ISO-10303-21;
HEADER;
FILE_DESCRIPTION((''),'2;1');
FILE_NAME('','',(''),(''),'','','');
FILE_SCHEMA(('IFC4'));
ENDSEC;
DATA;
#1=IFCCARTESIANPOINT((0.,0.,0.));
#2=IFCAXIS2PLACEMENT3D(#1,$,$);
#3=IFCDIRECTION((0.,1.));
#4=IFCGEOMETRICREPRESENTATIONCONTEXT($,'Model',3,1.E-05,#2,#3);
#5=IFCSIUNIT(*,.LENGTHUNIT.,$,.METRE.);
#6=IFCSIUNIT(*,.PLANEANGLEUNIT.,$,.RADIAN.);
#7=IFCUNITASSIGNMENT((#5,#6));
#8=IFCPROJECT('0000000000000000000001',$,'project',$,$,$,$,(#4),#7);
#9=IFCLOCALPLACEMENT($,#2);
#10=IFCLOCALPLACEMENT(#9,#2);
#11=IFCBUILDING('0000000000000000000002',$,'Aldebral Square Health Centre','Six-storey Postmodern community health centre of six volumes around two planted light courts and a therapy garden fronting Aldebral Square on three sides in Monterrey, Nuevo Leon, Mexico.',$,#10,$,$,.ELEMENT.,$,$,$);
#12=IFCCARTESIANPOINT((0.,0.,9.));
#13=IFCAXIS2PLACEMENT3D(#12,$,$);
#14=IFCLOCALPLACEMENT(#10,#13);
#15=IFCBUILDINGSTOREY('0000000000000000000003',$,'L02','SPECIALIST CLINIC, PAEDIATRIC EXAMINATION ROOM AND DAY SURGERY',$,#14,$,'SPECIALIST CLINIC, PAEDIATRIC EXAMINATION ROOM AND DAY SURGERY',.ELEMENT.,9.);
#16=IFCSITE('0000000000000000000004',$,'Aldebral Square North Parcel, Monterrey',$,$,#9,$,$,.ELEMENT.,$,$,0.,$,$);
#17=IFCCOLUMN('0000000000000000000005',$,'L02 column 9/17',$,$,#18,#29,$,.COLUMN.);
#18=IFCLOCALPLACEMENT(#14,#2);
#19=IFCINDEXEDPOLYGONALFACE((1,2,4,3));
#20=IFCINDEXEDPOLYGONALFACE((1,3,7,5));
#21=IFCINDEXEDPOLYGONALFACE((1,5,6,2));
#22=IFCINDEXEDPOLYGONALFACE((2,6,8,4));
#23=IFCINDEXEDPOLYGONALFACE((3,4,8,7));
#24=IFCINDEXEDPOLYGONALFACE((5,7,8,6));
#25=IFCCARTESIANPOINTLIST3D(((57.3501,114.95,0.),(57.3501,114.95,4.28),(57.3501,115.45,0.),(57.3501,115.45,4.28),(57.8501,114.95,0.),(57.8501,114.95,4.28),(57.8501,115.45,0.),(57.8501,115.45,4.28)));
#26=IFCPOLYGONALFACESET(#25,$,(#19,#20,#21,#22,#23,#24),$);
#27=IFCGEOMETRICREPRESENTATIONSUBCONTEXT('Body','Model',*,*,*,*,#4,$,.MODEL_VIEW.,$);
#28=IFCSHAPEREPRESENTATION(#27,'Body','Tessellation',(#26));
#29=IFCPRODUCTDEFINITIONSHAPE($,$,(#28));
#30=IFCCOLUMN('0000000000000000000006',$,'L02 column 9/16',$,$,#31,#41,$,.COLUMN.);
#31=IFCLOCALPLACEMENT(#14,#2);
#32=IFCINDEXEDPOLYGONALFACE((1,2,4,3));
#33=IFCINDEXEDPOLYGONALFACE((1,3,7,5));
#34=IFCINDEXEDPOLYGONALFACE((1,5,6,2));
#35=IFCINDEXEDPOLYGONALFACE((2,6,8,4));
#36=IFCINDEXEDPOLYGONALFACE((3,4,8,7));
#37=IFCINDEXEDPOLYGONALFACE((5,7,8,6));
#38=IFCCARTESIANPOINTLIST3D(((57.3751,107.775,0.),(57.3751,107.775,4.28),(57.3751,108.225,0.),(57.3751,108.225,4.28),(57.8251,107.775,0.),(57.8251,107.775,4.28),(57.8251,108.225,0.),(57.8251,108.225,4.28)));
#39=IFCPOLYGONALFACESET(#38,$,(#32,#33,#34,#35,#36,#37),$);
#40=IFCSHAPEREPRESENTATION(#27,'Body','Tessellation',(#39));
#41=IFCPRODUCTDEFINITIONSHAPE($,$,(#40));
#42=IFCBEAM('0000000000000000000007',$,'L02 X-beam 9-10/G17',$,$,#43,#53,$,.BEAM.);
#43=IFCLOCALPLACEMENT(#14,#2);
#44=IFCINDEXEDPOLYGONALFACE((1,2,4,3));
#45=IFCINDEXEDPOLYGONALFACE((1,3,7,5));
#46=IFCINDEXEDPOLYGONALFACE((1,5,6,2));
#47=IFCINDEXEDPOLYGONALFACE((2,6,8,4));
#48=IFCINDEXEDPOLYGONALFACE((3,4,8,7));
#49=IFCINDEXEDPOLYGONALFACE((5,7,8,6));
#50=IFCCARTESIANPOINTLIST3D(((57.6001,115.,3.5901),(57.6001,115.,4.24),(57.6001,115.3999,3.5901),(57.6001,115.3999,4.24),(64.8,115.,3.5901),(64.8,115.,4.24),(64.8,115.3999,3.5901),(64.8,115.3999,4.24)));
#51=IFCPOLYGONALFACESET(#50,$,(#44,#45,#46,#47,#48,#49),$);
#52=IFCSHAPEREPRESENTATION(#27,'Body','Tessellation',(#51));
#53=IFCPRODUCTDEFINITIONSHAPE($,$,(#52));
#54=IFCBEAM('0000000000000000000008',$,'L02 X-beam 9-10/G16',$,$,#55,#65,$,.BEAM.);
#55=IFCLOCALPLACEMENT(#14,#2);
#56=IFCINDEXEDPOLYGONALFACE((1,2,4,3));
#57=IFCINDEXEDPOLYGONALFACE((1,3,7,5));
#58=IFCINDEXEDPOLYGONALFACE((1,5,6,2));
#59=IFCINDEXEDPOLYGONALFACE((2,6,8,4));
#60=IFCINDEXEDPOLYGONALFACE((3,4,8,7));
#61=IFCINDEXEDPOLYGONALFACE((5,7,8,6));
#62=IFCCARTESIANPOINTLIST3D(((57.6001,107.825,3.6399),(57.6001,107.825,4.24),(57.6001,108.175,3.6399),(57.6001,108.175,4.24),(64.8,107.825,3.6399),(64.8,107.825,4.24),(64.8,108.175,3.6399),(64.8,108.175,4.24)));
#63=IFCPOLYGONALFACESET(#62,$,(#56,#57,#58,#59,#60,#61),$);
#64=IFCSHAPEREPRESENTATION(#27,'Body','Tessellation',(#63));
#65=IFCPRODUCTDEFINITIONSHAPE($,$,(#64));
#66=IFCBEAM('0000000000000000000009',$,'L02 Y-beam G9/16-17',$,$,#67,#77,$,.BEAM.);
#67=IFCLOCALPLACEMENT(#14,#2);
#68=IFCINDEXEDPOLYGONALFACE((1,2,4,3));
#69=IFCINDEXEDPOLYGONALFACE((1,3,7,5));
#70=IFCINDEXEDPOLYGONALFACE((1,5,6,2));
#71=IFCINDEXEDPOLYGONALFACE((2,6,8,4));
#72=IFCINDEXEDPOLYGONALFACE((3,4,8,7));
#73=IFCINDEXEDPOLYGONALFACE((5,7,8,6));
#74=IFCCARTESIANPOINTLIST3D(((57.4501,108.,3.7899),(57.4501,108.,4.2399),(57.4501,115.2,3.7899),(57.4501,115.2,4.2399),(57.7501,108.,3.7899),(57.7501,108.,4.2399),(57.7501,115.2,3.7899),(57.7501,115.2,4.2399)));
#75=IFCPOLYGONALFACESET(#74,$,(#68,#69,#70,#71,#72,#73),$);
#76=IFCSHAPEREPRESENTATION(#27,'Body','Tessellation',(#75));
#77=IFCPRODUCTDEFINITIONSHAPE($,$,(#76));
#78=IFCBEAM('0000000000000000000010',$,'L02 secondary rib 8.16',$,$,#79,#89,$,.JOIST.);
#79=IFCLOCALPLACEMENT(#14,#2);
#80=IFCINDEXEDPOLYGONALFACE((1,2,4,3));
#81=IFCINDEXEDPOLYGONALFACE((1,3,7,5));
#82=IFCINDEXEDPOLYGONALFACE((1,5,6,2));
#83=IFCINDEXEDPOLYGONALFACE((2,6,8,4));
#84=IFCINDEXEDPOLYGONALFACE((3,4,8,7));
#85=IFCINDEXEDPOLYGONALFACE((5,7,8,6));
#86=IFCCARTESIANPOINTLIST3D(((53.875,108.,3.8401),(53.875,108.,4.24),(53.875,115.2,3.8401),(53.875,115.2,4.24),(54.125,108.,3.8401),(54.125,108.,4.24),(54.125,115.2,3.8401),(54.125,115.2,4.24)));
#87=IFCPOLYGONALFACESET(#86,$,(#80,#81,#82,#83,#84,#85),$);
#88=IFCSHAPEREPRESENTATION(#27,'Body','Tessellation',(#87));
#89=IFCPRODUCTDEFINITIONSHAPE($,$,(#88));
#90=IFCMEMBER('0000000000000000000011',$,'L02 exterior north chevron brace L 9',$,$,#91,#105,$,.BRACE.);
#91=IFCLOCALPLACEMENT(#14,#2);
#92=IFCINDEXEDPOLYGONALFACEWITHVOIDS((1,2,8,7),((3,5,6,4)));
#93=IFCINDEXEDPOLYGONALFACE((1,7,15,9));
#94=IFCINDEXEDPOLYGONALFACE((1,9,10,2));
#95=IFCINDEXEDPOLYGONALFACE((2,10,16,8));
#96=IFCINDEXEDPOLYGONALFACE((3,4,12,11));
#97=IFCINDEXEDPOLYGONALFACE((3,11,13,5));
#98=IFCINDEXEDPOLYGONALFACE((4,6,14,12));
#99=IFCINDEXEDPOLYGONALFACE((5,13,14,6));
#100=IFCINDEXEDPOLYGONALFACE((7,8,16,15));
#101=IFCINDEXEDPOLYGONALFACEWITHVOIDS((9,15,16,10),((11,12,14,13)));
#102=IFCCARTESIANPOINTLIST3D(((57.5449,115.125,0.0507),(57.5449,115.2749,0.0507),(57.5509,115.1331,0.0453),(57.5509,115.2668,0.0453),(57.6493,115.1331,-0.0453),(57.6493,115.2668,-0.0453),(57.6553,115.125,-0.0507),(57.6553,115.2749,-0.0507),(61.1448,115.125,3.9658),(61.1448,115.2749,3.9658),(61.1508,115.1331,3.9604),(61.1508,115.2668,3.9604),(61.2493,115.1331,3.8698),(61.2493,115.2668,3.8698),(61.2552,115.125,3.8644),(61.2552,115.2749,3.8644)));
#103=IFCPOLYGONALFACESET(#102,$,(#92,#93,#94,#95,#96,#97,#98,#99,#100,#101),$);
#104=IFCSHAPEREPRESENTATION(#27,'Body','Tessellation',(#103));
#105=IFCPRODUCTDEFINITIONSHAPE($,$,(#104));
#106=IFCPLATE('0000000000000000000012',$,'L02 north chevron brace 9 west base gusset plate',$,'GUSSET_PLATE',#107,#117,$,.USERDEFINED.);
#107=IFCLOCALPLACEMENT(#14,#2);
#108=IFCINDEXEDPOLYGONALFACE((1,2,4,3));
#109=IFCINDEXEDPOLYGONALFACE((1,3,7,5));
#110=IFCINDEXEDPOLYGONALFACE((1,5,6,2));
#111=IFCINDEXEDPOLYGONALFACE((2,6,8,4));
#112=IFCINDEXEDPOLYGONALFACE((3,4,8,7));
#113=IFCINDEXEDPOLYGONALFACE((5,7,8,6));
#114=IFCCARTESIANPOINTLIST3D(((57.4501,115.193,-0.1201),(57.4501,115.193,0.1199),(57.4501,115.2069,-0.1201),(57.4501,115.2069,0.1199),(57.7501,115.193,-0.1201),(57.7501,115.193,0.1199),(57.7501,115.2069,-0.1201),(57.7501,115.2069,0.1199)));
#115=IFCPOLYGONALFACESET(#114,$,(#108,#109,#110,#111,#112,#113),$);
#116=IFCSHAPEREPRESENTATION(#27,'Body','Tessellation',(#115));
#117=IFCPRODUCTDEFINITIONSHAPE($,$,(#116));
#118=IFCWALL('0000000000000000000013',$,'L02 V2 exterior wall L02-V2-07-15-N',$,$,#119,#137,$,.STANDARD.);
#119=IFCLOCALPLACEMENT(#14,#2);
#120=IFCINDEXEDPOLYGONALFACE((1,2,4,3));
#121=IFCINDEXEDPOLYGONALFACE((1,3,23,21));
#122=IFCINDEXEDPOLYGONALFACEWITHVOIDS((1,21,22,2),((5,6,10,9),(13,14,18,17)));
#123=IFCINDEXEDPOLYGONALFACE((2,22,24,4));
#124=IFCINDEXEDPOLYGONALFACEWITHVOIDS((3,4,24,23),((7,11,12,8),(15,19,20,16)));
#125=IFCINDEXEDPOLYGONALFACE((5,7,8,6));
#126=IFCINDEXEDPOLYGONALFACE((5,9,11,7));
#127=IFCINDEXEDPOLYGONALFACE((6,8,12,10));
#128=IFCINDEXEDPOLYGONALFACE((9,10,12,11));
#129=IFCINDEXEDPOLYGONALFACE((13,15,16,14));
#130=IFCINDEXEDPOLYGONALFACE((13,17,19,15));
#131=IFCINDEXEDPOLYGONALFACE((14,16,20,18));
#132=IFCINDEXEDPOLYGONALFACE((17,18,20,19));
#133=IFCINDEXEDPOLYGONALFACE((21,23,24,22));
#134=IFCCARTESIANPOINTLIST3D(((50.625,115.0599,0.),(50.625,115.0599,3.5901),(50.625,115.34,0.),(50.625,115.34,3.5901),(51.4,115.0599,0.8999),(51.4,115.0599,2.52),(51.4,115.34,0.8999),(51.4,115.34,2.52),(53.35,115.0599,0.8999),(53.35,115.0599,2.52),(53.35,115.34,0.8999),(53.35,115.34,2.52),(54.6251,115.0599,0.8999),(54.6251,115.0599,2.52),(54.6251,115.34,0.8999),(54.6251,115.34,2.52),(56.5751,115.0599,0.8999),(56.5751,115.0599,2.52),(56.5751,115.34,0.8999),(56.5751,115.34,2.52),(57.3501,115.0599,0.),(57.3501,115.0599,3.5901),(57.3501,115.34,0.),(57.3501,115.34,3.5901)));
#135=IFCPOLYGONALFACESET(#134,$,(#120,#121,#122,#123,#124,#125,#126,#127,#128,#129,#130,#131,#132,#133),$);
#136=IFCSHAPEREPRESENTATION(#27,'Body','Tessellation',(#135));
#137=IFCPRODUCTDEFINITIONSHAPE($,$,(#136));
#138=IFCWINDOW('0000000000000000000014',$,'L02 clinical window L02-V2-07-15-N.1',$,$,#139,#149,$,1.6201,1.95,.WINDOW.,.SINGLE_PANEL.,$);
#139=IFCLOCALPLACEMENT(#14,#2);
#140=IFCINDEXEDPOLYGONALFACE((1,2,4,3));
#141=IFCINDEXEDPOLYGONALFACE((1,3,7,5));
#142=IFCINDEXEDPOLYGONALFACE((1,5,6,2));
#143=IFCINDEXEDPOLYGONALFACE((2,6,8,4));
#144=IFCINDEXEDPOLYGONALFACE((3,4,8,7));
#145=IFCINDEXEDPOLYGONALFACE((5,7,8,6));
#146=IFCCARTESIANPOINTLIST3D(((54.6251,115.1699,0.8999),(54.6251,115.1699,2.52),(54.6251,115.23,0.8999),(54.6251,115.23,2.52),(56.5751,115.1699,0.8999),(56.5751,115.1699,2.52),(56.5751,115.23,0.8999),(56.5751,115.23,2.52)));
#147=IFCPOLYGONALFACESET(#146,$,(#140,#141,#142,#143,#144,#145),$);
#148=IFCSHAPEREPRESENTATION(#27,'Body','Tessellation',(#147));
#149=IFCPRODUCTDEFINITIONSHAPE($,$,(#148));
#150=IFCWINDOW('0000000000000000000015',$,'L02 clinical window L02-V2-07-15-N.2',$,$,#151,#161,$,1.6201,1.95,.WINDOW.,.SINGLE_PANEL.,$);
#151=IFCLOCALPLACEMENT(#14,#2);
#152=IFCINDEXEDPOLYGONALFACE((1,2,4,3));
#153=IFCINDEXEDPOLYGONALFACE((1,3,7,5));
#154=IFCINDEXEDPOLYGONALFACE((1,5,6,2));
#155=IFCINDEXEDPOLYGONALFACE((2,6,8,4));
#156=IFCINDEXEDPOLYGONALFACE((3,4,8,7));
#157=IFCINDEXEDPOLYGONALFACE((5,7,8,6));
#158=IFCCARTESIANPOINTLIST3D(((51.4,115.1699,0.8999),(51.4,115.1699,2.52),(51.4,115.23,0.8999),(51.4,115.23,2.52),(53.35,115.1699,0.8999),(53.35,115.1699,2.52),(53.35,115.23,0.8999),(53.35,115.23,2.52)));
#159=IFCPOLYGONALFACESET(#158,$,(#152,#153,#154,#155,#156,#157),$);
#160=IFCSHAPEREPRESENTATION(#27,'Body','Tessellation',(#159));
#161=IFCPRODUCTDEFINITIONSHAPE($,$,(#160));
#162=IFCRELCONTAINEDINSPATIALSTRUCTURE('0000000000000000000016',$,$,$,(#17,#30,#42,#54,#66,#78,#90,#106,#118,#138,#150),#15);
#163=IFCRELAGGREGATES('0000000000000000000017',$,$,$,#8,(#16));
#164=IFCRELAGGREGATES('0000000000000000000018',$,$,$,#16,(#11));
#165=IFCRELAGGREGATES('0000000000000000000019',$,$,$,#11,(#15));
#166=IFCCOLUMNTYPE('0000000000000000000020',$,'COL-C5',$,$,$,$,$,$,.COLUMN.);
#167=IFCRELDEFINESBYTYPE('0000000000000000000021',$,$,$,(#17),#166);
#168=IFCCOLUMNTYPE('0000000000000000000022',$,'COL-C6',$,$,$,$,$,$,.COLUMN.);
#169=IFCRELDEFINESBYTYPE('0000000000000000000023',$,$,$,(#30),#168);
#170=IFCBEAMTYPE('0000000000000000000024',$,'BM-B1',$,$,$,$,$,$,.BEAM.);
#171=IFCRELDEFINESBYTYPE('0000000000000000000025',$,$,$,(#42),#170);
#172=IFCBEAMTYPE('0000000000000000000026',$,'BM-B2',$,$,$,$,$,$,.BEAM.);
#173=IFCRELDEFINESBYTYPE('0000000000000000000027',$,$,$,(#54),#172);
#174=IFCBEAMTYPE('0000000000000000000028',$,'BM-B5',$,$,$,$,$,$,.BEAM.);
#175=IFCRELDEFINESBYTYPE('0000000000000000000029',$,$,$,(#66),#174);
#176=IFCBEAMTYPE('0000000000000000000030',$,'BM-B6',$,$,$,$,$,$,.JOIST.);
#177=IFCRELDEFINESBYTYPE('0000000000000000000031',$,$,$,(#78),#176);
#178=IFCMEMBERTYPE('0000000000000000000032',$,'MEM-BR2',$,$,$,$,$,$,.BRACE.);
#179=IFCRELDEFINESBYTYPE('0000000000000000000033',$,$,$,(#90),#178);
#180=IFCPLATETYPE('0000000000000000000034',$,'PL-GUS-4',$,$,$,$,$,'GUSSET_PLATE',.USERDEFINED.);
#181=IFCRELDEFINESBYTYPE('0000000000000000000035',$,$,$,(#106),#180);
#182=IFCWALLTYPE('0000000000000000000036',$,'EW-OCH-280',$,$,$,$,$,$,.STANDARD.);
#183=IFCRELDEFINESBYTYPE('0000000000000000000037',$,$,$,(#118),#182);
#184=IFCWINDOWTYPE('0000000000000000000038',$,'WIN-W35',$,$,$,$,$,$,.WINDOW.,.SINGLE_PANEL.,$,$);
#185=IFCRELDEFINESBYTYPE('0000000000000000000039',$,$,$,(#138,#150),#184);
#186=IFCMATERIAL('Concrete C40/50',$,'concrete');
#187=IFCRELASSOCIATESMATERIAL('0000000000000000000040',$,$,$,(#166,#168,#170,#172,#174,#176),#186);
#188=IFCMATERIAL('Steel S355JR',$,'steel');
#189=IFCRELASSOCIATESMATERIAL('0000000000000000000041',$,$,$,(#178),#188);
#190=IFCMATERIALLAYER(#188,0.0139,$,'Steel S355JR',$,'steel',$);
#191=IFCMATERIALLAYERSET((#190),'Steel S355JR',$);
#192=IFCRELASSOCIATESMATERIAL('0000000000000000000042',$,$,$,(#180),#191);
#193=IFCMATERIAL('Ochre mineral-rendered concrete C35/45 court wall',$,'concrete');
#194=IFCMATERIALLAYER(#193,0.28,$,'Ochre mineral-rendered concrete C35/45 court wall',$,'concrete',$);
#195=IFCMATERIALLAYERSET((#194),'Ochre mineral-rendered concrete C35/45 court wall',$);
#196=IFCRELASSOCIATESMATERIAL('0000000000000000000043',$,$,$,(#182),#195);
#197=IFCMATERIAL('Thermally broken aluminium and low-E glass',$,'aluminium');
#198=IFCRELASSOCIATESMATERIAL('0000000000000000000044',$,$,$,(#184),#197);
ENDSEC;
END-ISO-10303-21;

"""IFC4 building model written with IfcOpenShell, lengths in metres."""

from ifc_helpers import new_model, si_unit, direction, frame, frame_2d, origin, origin_2d, place, context, subcontext, project, spatial, rectangle, hollow_rectangle, extrude, material, layer, layer_set, material_profile, profile_set, type_object, element, fill, save


model = new_model("IFC4")

# Units and contexts
model_context = context("Model", 3, precision=1e-05, world=origin(), true_north=direction((0.0, 1.0)))
body_context = subcontext(model_context, "Body", "Model", "MODEL_VIEW")
ifc_project = project(units=[si_unit("LENGTHUNIT", "METRE"), si_unit("PLANEANGLEUNIT", "RADIAN")], contexts=[model_context])

# Site, building, storey
site_placement = place(None, origin())
site = spatial("IfcSite", under=ifc_project, at=site_placement, Name="Aldebral Square North Parcel, Monterrey", CompositionType="ELEMENT", RefElevation=0.0)
building_placement = place(site_placement, origin())
building = spatial("IfcBuilding", under=site, at=building_placement, Name="Aldebral Square Health Centre", Description="Six-storey Postmodern community health centre of six volumes around two planted light courts and a therapy garden fronting Aldebral Square on three sides in Monterrey, Nuevo Leon, Mexico.", CompositionType="ELEMENT")
storey_placement = place(building_placement, frame((0.0, 0.0, 9.0)))
storey = spatial("IfcBuildingStorey", under=building, at=storey_placement, Name="L02", Description="SPECIALIST CLINIC, PAEDIATRIC EXAMINATION ROOM AND DAY SURGERY", LongName="SPECIALIST CLINIC, PAEDIATRIC EXAMINATION ROOM AND DAY SURGERY", CompositionType="ELEMENT", Elevation=9.0)

# Columns
ifc_material_1 = material(Name="Concrete C40/50", Category="concrete")
ifc_material_profile_1 = material_profile(ifc_material_1, rectangle(XDim=0.5, YDim=0.5, at=origin_2d()), Name="RC 500x500")
ifc_profile_set_1 = profile_set([ifc_material_profile_1], Name="Concrete C40/50")
column_type_1 = type_object("IfcColumnType", Name="COL-C5", PredefinedType="COLUMN", material=ifc_profile_set_1)
column_1_placement = place(storey_placement, frame((57.6001, 115.2, 0.0), z_axis=(0.0, 0.0, 1.0), x_axis=(1.0, 0.0, 0.0)))
element("IfcColumn", 1, at=column_1_placement, inside=storey, type_object=column_type_1, Name="L02 column 9/17", PredefinedType="COLUMN", context=body_context, shape_type="SweptSolid", body=[
    extrude(rectangle(XDim=0.5, YDim=0.5, at=origin_2d()), origin(), (0.0, 0.0, 1.0), 4.28),
])
ifc_material_profile_2 = material_profile(ifc_material_1, rectangle(XDim=0.45, YDim=0.45, at=origin_2d()), Name="RC 450x450")
ifc_profile_set_2 = profile_set([ifc_material_profile_2], Name="Concrete C40/50")
column_type_2 = type_object("IfcColumnType", Name="COL-C6", PredefinedType="COLUMN", material=ifc_profile_set_2)
column_2_placement = place(storey_placement, frame((57.6001, 108.0, 0.0), z_axis=(0.0, 0.0, 1.0), x_axis=(1.0, 0.0, 0.0)))
element("IfcColumn", 2, at=column_2_placement, inside=storey, type_object=column_type_2, Name="L02 column 9/16", PredefinedType="COLUMN", context=body_context, shape_type="SweptSolid", body=[
    extrude(rectangle(XDim=0.45, YDim=0.45, at=origin_2d()), origin(), (0.0, 0.0, 1.0), 4.28),
])

# Beams
ifc_material_profile_3 = material_profile(ifc_material_1, rectangle(XDim=0.3999, YDim=0.6499, at=origin_2d()), Name="RC 400x650")
ifc_profile_set_3 = profile_set([ifc_material_profile_3], Name="Concrete C40/50")
beam_type_1 = type_object("IfcBeamType", Name="BM-B1", PredefinedType="BEAM", material=ifc_profile_set_3)
beam_1_placement = place(storey_placement, frame((57.6001, 115.2, 3.915), z_axis=(1.0, 0.0, 0.0), x_axis=(0.0, 1.0, 0.0)))
element("IfcBeam", 3, at=beam_1_placement, inside=storey, type_object=beam_type_1, Name="L02 X-beam 9-10/G17", PredefinedType="BEAM", context=body_context, shape_type="SweptSolid", body=[
    extrude(rectangle(XDim=0.3999, YDim=0.6499, at=origin_2d()), origin(), (0.0, 0.0, 1.0), 7.2),
])
ifc_material_profile_4 = material_profile(ifc_material_1, rectangle(XDim=0.3501, YDim=0.6001, at=origin_2d()), Name="RC 350x600")
ifc_profile_set_4 = profile_set([ifc_material_profile_4], Name="Concrete C40/50")
beam_type_2 = type_object("IfcBeamType", Name="BM-B2", PredefinedType="BEAM", material=ifc_profile_set_4)
beam_2_placement = place(storey_placement, frame((57.6001, 108.0, 3.9399), z_axis=(1.0, 0.0, 0.0), x_axis=(0.0, 1.0, 0.0)))
element("IfcBeam", 4, at=beam_2_placement, inside=storey, type_object=beam_type_2, Name="L02 X-beam 9-10/G16", PredefinedType="BEAM", context=body_context, shape_type="SweptSolid", body=[
    extrude(rectangle(XDim=0.3501, YDim=0.6001, at=origin_2d()), origin(), (0.0, 0.0, 1.0), 7.2),
])
ifc_material_profile_5 = material_profile(ifc_material_1, rectangle(XDim=0.3, YDim=0.45, at=origin_2d()), Name="RC 300x450")
ifc_profile_set_5 = profile_set([ifc_material_profile_5], Name="Concrete C40/50")
beam_type_3 = type_object("IfcBeamType", Name="BM-B5", PredefinedType="BEAM", material=ifc_profile_set_5)
beam_3_placement = place(storey_placement, frame((57.6001, 108.0, 4.0149), z_axis=(0.0, 1.0, 0.0), x_axis=(-1.0, 0.0, 0.0)))
element("IfcBeam", 5, at=beam_3_placement, inside=storey, type_object=beam_type_3, Name="L02 Y-beam G9/16-17", PredefinedType="BEAM", context=body_context, shape_type="SweptSolid", body=[
    extrude(rectangle(XDim=0.3, YDim=0.45, at=origin_2d()), origin(), (0.0, 0.0, 1.0), 7.2),
])
ifc_material_profile_6 = material_profile(ifc_material_1, rectangle(XDim=0.25, YDim=0.3999, at=origin_2d()), Name="RC 250x400")
ifc_profile_set_6 = profile_set([ifc_material_profile_6], Name="Concrete C40/50")
beam_type_4 = type_object("IfcBeamType", Name="BM-B6", PredefinedType="JOIST", material=ifc_profile_set_6)
beam_4_placement = place(storey_placement, frame((54.0, 108.0, 4.04), z_axis=(0.0, 1.0, 0.0), x_axis=(-1.0, 0.0, 0.0)))
element("IfcBeam", 6, at=beam_4_placement, inside=storey, type_object=beam_type_4, Name="L02 secondary rib 8.16", PredefinedType="JOIST", context=body_context, shape_type="SweptSolid", body=[
    extrude(rectangle(XDim=0.25, YDim=0.3999, at=origin_2d()), origin(), (0.0, 0.0, 1.0), 7.2),
])

# Member
ifc_material_2 = material(Name="Steel S355JR", Category="steel")
ifc_material_profile_7 = material_profile(ifc_material_2, hollow_rectangle(XDim=0.1499, YDim=0.1499, WallThickness=0.0081, at=origin_2d()), Name="150x150x8 SHS")
ifc_profile_set_7 = profile_set([ifc_material_profile_7], Name="Steel S355JR")
member_type = type_object("IfcMemberType", Name="MEM-BR2", PredefinedType="BRACE", material=ifc_profile_set_7)
member_placement = place(storey_placement, frame((57.6001, 115.2, 0.0), z_axis=(0.676855, 0.0, 0.736117), x_axis=(0.0, 1.0, 0.0)))
element("IfcMember", 7, at=member_placement, inside=storey, type_object=member_type, Name="L02 exterior north chevron brace L 9", PredefinedType="BRACE", context=body_context, shape_type="SweptSolid", body=[
    extrude(hollow_rectangle(XDim=0.1499, YDim=0.1499, WallThickness=0.0081, at=origin_2d()), origin(), (0.0, 0.0, 1.0), 5.3186),
])

# Plate
ifc_layer_1 = layer(ifc_material_2, 0.0139, Name="Steel S355JR", Category="steel")
ifc_layer_set_1 = layer_set([ifc_layer_1], Name="Steel S355JR")
plate_type = type_object("IfcPlateType", Name="PL-GUS-4", ElementType="GUSSET_PLATE", PredefinedType="USERDEFINED", material=ifc_layer_set_1)
plate_placement = place(storey_placement, frame((57.6001, 115.2, -0.1201), z_axis=(0.0, 0.0, 1.0), x_axis=(1.0, 0.0, 0.0)))
element("IfcPlate", 8, at=plate_placement, inside=storey, type_object=plate_type, Name="L02 north chevron brace 9 west base gusset plate", ObjectType="GUSSET_PLATE", PredefinedType="USERDEFINED", context=body_context, shape_type="SweptSolid", body=[
    extrude(rectangle(XDim=0.3, YDim=0.0139, at=origin_2d()), origin(), (0.0, 0.0, 1.0), 0.24),
])

# Wall, openings, windows
ifc_material_3 = material(Name="Ochre mineral-rendered concrete C35/45 court wall", Category="concrete")
ifc_layer_2 = layer(ifc_material_3, 0.28, Name="Ochre mineral-rendered concrete C35/45 court wall", Category="concrete")
ifc_layer_set_2 = layer_set([ifc_layer_2], Name="Ochre mineral-rendered concrete C35/45 court wall")
wall_type_1 = type_object("IfcWallType", Name="EW-OCH-280", PredefinedType="STANDARD", material=ifc_layer_set_2)
wall_1_placement = place(storey_placement, frame((57.3501, 115.2, 0.0), z_axis=(0.0, 0.0, 1.0), x_axis=(-1.0, 0.0, 0.0)))
wall_1 = element("IfcWall", 9, at=wall_1_placement, inside=storey, type_object=wall_type_1, Name="L02 V2 exterior wall L02-V2-07-15-N", PredefinedType="STANDARD", context=body_context, shape_type="SweptSolid", body=[
    extrude(rectangle(XDim=6.7251, YDim=0.28, at=frame_2d((3.3625, 0.0))), origin(), (0.0, 0.0, 1.0), 3.5901),
])
opening_1_placement = place(wall_1_placement, frame((0.7749, 0.0, 0.8999)))
opening_1 = element("IfcOpeningElement", 10, at=opening_1_placement, cuts=wall_1, PredefinedType="OPENING", context=body_context, shape_type="SweptSolid", body=[
    extrude(rectangle(XDim=1.95, YDim=1.6201, at=frame_2d((0.9751, 0.8101))), frame((0.0, 0.1499, 0.0), z_axis=(0.0, -1.0, 0.0), x_axis=(1.0, 0.0, 0.0)), (0.0, 0.0, 1.0), 0.3),
])
opening_2_placement = place(wall_1_placement, frame((4.0, 0.0, 0.8999)))
opening_2 = element("IfcOpeningElement", 11, at=opening_2_placement, cuts=wall_1, PredefinedType="OPENING", context=body_context, shape_type="SweptSolid", body=[
    extrude(rectangle(XDim=1.95, YDim=1.6201, at=frame_2d((0.9751, 0.8101))), frame((0.0, 0.1499, 0.0), z_axis=(0.0, -1.0, 0.0), x_axis=(1.0, 0.0, 0.0)), (0.0, 0.0, 1.0), 0.3),
])
ifc_material_4 = material(Name="Thermally broken aluminium and low-E glass", Category="aluminium")
window_type = type_object("IfcWindowType", Name="WIN-W35", PartitioningType="SINGLE_PANEL", PredefinedType="WINDOW", material=ifc_material_4)
window_1_placement = place(opening_1_placement, origin())
window_1 = element("IfcWindow", 12, at=window_1_placement, inside=storey, type_object=window_type, Name="L02 clinical window L02-V2-07-15-N.1", OverallHeight=1.6201, OverallWidth=1.95, PartitioningType="SINGLE_PANEL", PredefinedType="WINDOW", context=body_context, shape_type="SweptSolid", body=[
    extrude(rectangle(XDim=1.95, YDim=1.6201, at=frame_2d((0.9751, 0.8101))), frame((0.0, 0.03, 0.0), z_axis=(0.0, -1.0, 0.0), x_axis=(1.0, 0.0, 0.0)), (0.0, 0.0, 1.0), 0.0601),
])
fill(opening_1, window_1)
window_2_placement = place(opening_2_placement, origin())
window_2 = element("IfcWindow", 13, at=window_2_placement, inside=storey, type_object=window_type, Name="L02 clinical window L02-V2-07-15-N.2", OverallHeight=1.6201, OverallWidth=1.95, PartitioningType="SINGLE_PANEL", PredefinedType="WINDOW", context=body_context, shape_type="SweptSolid", body=[
    extrude(rectangle(XDim=1.95, YDim=1.6201, at=frame_2d((0.9751, 0.8101))), frame((0.0, 0.03, 0.0), z_axis=(0.0, -1.0, 0.0), x_axis=(1.0, 0.0, 0.0)), (0.0, 0.0, 1.0), 0.0601),
])
fill(opening_2, window_2)

save(model, "model.ifc")
